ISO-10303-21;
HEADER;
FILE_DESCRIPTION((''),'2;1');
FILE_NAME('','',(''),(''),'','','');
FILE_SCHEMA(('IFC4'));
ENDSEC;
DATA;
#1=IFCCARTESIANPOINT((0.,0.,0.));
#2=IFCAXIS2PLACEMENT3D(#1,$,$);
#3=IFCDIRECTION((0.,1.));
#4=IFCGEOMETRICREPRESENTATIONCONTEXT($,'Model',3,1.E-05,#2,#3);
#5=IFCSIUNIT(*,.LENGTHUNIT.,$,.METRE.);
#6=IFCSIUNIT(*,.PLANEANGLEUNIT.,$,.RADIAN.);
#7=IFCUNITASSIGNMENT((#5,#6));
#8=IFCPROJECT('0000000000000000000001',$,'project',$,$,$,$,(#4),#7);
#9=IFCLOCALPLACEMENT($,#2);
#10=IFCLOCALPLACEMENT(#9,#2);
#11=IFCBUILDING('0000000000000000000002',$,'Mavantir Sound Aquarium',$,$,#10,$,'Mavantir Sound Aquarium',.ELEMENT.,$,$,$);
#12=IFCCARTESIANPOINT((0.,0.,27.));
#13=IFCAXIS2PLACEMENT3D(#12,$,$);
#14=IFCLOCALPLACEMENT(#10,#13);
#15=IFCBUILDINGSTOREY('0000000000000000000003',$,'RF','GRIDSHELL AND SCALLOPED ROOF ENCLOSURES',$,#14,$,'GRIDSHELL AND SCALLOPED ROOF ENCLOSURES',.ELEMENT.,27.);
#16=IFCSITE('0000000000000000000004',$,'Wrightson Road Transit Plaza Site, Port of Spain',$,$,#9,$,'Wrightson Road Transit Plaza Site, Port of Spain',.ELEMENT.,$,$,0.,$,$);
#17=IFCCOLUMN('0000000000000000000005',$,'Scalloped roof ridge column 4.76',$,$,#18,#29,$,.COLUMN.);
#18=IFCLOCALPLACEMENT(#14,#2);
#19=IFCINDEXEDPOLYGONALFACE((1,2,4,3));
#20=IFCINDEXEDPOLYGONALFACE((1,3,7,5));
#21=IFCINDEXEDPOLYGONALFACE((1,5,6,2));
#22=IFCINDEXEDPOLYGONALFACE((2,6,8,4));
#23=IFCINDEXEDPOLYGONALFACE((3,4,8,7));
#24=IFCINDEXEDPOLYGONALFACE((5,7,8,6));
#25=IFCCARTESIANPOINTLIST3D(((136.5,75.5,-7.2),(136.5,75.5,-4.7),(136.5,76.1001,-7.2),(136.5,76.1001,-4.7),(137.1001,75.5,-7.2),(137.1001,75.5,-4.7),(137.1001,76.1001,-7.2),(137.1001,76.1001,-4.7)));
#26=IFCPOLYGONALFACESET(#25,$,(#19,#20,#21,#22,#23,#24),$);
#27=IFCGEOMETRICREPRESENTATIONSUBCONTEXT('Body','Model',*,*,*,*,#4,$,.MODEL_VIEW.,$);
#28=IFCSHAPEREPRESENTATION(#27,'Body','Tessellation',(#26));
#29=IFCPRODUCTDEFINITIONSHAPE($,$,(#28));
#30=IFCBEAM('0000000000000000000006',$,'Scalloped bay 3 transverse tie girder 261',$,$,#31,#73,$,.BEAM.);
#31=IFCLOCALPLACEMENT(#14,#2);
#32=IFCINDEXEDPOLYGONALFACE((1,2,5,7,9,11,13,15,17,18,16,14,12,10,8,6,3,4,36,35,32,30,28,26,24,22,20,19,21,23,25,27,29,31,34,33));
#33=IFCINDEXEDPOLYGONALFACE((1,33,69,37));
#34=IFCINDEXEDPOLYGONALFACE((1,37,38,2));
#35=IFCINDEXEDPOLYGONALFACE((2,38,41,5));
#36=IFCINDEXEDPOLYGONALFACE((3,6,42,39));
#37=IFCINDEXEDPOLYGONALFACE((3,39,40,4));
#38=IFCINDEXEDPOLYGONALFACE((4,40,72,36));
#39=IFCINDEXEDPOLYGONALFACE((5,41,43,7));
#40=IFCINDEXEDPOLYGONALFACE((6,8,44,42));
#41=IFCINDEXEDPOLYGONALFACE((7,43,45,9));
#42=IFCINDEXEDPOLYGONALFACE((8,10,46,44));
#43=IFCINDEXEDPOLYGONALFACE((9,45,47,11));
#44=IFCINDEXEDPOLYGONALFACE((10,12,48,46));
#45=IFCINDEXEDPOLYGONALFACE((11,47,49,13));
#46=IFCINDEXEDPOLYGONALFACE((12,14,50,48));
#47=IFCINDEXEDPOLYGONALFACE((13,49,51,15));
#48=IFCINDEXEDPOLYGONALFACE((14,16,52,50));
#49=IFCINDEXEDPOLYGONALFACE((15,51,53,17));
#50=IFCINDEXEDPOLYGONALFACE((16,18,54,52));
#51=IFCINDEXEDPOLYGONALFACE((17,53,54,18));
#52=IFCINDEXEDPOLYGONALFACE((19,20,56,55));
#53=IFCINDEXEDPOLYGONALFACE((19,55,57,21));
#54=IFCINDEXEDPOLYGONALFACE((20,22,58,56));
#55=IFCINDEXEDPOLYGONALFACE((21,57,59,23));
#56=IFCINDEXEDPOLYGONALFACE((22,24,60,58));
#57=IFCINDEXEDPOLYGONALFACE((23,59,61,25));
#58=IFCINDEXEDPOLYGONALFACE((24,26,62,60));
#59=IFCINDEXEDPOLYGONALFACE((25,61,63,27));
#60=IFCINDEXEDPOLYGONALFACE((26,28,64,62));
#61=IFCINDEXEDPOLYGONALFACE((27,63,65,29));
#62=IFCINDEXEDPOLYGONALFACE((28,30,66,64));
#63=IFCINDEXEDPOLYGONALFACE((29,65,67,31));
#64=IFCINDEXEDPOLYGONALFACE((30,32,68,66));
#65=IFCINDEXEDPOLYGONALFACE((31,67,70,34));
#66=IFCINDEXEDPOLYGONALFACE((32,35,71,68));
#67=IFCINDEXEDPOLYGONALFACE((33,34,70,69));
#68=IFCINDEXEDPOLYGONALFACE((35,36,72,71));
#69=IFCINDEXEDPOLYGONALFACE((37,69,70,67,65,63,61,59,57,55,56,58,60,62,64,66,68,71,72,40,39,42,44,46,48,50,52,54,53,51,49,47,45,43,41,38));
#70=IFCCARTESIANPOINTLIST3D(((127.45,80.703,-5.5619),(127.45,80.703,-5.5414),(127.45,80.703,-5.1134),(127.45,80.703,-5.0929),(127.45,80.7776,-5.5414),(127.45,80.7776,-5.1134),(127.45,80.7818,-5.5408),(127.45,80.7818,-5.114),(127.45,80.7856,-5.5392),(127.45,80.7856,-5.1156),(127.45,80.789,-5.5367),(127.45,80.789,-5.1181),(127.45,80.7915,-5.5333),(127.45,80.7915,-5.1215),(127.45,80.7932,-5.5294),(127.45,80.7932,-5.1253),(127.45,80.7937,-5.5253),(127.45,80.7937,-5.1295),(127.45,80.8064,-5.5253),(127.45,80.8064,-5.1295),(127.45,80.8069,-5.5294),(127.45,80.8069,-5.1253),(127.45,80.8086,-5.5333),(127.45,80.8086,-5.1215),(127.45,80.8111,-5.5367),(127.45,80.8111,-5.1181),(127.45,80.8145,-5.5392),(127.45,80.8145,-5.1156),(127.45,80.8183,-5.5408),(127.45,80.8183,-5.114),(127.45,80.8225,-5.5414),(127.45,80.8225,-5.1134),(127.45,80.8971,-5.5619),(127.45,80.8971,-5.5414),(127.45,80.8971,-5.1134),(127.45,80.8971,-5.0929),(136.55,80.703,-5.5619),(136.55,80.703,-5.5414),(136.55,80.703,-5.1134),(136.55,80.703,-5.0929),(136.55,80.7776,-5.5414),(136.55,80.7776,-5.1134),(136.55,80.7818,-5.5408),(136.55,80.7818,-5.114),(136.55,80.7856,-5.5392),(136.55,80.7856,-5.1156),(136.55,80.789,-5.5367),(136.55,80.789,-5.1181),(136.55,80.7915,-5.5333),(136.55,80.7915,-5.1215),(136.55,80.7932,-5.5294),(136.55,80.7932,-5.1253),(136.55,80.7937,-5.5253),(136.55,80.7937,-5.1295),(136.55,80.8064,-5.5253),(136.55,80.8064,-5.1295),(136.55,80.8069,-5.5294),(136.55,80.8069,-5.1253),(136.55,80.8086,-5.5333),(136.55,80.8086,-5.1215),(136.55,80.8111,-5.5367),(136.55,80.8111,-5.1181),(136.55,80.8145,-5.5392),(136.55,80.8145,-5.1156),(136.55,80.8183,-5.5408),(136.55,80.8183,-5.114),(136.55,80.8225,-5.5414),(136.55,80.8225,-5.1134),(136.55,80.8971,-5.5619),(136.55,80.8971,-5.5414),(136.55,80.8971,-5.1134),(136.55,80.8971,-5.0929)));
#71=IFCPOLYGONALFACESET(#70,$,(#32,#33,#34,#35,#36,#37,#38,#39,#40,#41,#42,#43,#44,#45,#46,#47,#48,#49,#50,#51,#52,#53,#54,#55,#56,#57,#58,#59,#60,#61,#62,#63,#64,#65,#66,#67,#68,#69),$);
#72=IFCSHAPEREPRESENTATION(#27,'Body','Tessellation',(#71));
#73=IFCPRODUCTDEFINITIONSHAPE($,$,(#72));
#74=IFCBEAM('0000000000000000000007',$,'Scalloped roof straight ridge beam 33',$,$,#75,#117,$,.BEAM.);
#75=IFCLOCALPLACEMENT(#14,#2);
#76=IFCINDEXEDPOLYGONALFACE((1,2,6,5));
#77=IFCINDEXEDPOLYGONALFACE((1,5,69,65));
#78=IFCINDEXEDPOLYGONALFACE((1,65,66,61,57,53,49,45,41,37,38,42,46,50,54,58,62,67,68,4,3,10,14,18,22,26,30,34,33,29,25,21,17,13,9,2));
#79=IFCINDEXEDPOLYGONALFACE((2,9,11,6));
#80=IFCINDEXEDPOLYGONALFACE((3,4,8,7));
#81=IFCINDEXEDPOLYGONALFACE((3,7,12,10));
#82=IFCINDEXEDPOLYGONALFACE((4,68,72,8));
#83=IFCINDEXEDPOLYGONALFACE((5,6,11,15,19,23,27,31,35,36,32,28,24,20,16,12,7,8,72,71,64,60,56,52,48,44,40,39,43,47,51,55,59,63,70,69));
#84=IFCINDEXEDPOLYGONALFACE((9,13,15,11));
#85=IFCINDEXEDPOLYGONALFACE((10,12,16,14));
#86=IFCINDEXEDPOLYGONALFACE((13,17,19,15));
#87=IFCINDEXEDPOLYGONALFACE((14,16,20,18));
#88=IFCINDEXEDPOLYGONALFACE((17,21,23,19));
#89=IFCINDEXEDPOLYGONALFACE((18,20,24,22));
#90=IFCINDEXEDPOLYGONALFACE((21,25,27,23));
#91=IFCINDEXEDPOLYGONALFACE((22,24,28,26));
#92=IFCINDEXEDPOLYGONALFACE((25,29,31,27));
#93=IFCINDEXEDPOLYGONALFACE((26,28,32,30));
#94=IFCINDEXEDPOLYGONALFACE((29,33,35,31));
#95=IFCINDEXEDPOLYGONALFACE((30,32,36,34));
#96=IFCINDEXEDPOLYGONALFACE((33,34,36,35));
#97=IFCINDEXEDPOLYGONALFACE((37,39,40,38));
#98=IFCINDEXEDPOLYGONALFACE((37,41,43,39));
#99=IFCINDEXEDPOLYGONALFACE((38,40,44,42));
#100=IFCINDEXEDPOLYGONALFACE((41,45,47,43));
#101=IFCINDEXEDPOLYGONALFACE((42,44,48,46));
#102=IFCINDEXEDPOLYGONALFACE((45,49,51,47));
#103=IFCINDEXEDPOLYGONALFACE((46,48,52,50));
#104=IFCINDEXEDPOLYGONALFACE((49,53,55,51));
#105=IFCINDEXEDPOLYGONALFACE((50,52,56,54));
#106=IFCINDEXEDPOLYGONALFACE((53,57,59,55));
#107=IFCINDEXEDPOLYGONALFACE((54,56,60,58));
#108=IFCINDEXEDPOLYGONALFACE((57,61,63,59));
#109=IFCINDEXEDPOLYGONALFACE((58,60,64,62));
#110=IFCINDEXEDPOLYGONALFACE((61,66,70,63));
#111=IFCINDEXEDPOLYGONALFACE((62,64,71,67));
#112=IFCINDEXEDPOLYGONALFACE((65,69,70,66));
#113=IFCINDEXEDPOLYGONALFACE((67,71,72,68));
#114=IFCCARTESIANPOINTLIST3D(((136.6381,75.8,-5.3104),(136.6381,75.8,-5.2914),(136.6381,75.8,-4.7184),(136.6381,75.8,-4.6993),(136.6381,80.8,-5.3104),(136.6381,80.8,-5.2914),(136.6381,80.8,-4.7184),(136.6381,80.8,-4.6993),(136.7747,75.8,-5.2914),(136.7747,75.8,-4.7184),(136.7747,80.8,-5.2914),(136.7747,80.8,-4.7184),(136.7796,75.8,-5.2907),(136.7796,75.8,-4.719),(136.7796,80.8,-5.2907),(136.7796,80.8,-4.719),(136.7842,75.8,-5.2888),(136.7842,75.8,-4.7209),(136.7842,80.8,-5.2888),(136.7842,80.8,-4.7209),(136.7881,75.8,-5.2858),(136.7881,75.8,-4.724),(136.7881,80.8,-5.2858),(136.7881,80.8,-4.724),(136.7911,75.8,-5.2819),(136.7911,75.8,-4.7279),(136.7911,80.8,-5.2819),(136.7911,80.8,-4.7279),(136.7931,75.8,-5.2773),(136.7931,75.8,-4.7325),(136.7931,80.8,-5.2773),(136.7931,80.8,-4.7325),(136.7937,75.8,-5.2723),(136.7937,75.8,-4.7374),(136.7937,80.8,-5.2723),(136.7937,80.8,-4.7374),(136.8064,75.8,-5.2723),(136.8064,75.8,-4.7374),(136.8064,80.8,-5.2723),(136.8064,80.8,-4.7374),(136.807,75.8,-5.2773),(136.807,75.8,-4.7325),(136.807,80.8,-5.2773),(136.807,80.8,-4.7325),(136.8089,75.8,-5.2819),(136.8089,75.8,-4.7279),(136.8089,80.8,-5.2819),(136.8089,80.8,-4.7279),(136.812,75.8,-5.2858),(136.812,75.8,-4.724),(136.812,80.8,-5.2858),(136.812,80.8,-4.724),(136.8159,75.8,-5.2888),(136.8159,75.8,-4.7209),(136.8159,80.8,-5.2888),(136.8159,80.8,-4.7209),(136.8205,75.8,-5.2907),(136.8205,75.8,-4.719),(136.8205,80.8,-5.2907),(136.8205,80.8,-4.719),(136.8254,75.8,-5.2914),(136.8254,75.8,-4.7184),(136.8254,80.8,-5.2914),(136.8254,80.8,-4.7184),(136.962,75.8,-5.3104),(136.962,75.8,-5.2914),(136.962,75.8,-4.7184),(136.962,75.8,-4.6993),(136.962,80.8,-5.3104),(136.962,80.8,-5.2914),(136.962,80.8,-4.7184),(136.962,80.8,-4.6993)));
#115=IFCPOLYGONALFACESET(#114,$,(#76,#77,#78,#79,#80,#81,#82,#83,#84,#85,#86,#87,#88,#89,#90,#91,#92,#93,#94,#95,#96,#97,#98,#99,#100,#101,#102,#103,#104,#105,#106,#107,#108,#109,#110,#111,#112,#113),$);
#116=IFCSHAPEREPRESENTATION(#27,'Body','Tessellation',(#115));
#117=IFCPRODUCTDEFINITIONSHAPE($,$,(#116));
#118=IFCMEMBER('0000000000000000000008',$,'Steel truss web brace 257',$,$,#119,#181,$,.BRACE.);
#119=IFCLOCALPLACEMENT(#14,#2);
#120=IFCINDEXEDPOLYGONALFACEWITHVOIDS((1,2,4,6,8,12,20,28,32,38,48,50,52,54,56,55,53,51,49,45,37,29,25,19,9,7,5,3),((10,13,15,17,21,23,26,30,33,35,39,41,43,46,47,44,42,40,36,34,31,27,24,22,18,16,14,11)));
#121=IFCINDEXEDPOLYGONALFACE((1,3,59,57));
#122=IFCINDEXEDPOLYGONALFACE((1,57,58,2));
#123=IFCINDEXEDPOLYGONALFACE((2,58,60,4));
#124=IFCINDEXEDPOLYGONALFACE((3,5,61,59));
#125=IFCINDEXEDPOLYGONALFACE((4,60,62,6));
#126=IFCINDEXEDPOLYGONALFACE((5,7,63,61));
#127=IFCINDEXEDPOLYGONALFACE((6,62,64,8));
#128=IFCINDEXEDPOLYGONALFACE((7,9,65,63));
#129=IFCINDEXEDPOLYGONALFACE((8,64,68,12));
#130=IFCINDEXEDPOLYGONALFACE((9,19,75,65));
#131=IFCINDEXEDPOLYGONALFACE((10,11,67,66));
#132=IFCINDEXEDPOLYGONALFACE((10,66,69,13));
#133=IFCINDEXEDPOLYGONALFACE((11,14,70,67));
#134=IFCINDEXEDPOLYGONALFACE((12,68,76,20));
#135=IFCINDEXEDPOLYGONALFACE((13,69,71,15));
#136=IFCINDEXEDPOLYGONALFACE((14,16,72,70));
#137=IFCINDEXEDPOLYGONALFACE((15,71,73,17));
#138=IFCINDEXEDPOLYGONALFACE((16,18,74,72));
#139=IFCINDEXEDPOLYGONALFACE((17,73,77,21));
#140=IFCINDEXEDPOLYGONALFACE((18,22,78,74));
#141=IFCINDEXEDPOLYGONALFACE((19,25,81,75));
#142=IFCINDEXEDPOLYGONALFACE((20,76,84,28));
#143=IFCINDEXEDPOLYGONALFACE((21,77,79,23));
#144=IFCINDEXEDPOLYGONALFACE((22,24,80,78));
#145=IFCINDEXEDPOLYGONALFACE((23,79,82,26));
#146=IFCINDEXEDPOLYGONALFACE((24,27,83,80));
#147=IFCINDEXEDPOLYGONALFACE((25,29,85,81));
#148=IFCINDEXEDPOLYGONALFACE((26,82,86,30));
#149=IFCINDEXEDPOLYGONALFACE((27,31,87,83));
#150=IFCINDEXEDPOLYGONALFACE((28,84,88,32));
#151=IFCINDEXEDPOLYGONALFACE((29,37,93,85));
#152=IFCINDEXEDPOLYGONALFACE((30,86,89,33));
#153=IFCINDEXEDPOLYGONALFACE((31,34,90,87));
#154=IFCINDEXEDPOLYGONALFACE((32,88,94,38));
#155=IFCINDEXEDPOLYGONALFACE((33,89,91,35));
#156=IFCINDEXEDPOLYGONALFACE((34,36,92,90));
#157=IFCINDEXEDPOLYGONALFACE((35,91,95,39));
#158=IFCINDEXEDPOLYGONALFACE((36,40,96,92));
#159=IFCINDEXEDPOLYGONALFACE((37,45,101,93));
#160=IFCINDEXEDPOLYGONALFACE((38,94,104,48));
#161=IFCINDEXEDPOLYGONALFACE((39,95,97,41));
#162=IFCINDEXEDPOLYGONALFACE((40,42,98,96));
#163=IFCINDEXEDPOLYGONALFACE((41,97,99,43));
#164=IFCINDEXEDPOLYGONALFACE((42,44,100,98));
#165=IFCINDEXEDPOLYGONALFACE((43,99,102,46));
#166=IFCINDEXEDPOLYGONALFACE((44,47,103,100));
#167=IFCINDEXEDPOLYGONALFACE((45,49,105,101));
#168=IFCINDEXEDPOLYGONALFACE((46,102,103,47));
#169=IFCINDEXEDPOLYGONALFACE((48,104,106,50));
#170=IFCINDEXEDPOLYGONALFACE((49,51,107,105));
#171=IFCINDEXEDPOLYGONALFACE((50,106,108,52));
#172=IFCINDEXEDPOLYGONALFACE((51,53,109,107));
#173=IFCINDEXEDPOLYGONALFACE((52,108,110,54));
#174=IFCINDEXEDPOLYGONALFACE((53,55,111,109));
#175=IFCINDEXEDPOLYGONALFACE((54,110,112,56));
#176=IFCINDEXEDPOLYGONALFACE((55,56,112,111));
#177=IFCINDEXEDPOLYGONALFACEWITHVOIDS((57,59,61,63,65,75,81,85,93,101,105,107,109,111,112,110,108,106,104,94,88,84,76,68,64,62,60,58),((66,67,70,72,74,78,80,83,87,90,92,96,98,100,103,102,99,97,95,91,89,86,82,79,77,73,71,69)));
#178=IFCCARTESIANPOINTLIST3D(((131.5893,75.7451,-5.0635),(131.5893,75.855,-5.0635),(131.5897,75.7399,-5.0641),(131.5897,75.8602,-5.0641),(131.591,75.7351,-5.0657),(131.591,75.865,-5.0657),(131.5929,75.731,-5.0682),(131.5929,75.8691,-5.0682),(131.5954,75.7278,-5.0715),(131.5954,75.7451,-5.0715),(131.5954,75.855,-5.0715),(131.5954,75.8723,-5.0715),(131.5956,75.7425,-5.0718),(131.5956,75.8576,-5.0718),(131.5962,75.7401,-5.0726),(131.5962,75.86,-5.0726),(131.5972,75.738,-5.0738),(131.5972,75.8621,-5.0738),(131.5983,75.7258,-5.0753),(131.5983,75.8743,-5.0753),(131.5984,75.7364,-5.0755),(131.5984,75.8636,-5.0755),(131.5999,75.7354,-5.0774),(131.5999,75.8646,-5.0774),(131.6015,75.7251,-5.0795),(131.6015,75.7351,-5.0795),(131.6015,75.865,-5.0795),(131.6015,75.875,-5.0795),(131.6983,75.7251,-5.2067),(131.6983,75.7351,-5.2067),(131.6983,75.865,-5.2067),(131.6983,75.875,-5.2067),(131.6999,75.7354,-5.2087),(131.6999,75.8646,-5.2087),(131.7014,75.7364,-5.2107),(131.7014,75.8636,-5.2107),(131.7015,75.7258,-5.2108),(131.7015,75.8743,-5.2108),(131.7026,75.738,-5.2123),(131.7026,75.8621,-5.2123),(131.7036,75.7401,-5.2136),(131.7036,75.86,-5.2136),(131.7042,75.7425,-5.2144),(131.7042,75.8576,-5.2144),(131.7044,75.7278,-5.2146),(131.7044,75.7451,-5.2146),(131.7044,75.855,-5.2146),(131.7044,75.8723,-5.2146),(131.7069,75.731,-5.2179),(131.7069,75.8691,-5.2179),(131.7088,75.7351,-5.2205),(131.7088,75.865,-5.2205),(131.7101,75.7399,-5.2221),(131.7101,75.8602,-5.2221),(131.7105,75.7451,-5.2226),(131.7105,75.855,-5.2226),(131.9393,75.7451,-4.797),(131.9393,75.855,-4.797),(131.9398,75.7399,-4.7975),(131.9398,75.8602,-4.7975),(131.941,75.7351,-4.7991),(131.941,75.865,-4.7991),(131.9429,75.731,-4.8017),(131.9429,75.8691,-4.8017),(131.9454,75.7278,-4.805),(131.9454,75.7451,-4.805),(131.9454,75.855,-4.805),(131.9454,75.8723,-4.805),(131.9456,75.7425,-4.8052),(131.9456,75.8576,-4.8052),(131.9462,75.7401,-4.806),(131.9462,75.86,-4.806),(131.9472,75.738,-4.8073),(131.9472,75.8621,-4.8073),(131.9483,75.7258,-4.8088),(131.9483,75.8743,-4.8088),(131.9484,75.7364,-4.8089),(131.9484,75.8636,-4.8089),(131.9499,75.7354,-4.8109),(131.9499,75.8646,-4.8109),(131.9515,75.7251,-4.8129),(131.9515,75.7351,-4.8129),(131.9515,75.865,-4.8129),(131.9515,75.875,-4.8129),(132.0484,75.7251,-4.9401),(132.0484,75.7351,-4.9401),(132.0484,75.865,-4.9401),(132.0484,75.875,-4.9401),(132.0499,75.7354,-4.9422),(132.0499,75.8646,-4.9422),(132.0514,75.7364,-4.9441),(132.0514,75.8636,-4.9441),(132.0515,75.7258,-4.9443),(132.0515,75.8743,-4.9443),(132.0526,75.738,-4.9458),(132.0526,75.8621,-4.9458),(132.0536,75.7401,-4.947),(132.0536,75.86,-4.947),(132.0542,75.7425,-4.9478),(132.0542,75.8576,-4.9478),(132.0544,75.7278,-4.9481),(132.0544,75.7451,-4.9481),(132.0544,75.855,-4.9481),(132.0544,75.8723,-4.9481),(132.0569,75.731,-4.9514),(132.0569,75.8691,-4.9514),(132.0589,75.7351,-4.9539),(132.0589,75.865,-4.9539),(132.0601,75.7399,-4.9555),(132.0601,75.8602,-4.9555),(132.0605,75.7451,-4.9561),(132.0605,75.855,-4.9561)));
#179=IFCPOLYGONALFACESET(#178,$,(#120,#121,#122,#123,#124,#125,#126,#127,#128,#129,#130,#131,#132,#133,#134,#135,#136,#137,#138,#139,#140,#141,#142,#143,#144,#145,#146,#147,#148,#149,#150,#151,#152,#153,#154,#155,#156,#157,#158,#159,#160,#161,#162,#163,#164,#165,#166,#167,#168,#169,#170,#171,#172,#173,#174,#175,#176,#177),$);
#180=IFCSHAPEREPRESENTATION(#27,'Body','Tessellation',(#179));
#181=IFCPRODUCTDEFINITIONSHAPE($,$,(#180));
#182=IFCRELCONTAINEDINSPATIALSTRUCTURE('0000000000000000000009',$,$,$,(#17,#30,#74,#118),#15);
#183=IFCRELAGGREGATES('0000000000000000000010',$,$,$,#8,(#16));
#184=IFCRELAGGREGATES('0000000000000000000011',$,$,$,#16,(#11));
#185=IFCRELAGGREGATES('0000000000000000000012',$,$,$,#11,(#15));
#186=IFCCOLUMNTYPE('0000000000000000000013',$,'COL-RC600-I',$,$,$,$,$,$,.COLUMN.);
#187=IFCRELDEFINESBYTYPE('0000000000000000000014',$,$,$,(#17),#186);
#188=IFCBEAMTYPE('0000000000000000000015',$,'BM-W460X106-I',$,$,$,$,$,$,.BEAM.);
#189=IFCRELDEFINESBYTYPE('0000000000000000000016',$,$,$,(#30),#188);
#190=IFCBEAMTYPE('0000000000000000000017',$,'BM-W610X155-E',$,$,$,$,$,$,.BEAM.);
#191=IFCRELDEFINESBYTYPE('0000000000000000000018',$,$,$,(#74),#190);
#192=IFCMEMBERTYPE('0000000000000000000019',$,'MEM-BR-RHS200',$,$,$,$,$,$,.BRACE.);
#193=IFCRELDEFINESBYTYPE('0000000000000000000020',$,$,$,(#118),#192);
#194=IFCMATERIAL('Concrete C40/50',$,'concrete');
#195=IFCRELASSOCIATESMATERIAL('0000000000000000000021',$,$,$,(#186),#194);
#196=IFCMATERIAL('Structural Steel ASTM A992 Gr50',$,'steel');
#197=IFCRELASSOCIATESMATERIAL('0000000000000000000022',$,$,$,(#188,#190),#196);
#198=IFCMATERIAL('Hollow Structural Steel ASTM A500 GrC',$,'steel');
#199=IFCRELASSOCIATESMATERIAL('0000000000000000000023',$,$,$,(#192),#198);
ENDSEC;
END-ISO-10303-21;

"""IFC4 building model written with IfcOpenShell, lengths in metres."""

from ifc_helpers import new_model, si_unit, direction, frame, origin, origin_2d, place, context, subcontext, project, spatial, rectangle, hollow_rectangle, i_section, extrude, material, material_profile, profile_set, type_object, element, save


model = new_model("IFC4")

# Units and contexts
model_context = context("Model", 3, precision=1e-05, world=origin(), true_north=direction((0.0, 1.0)))
body_context = subcontext(model_context, "Body", "Model", "MODEL_VIEW")
ifc_project = project(units=[si_unit("LENGTHUNIT", "METRE"), si_unit("PLANEANGLEUNIT", "RADIAN")], contexts=[model_context])

# Site, building, storey
site_placement = place(None, origin())
site = spatial("IfcSite", under=ifc_project, at=site_placement, Name="Wrightson Road Transit Plaza Site, Port of Spain", LongName="Wrightson Road Transit Plaza Site, Port of Spain", CompositionType="ELEMENT", RefElevation=0.0)
building_placement = place(site_placement, origin())
building = spatial("IfcBuilding", under=site, at=building_placement, Name="Mavantir Sound Aquarium", LongName="Mavantir Sound Aquarium", CompositionType="ELEMENT")
storey_placement = place(building_placement, frame((0.0, 0.0, 27.0)))
storey = spatial("IfcBuildingStorey", under=building, at=storey_placement, Name="RF", Description="GRIDSHELL AND SCALLOPED ROOF ENCLOSURES", LongName="GRIDSHELL AND SCALLOPED ROOF ENCLOSURES", CompositionType="ELEMENT", Elevation=27.0)

# Column
ifc_material_1 = material(Name="Concrete C40/50", Category="concrete")
ifc_material_profile_1 = material_profile(ifc_material_1, rectangle(XDim=0.6001, YDim=0.6001, at=origin_2d()), Name="RC 600X600")
ifc_profile_set_1 = profile_set([ifc_material_profile_1], Name="Concrete C40/50")
column_type = type_object("IfcColumnType", Name="COL-RC600-I", PredefinedType="COLUMN", material=ifc_profile_set_1)
column_placement = place(storey_placement, frame((136.8, 75.8, -7.2), z_axis=(0.0, 0.0, 1.0), x_axis=(1.0, 0.0, 0.0)))
element("IfcColumn", 1, at=column_placement, inside=storey, type_object=column_type, Name="Scalloped roof ridge column 4.76", PredefinedType="COLUMN", context=body_context, shape_type="SweptSolid", body=[
    extrude(rectangle(XDim=0.6001, YDim=0.6001, at=origin_2d()), origin(), (0.0, 0.0, 1.0), 2.5),
])

# Beams
ifc_material_2 = material(Name="Structural Steel ASTM A992 Gr50", Category="steel")
ifc_material_profile_2 = material_profile(ifc_material_2, i_section(OverallWidth=0.1941, OverallDepth=0.469, WebThickness=0.0127, FlangeThickness=0.0205, FilletRadius=0.0161, at=origin_2d()), Name="W460X106")
ifc_profile_set_2 = profile_set([ifc_material_profile_2], Name="Structural Steel ASTM A992 Gr50")
beam_type_1 = type_object("IfcBeamType", Name="BM-W460X106-I", PredefinedType="BEAM", material=ifc_profile_set_2)
beam_1_placement = place(storey_placement, frame((127.45, 80.8, -5.3274), z_axis=(1.0, 0.0, 0.0), x_axis=(0.0, 1.0, 0.0)))
element("IfcBeam", 2, at=beam_1_placement, inside=storey, type_object=beam_type_1, Name="Scalloped bay 3 transverse tie girder 261", PredefinedType="BEAM", context=body_context, shape_type="SweptSolid", body=[
    extrude(i_section(OverallWidth=0.1941, OverallDepth=0.469, WebThickness=0.0127, FlangeThickness=0.0205, FilletRadius=0.0161, at=origin_2d()), origin(), (0.0, 0.0, 1.0), 9.1001),
])
ifc_material_profile_3 = material_profile(ifc_material_2, i_section(OverallWidth=0.324, OverallDepth=0.6111, WebThickness=0.0127, FlangeThickness=0.019, FilletRadius=0.019, at=origin_2d()), Name="W610X155")
ifc_profile_set_3 = profile_set([ifc_material_profile_3], Name="Structural Steel ASTM A992 Gr50")
beam_type_2 = type_object("IfcBeamType", Name="BM-W610X155-E", PredefinedType="BEAM", material=ifc_profile_set_3)
beam_2_placement = place(storey_placement, frame((136.8, 75.8, -5.0049), z_axis=(0.0, 1.0, 0.0), x_axis=(-1.0, 0.0, 0.0)))
element("IfcBeam", 3, at=beam_2_placement, inside=storey, type_object=beam_type_2, Name="Scalloped roof straight ridge beam 33", PredefinedType="BEAM", context=body_context, shape_type="SweptSolid", body=[
    extrude(i_section(OverallWidth=0.324, OverallDepth=0.6111, WebThickness=0.0127, FlangeThickness=0.019, FilletRadius=0.019, at=origin_2d()), origin(), (0.0, 0.0, 1.0), 5.0),
])

# Member
ifc_material_3 = material(Name="Hollow Structural Steel ASTM A500 GrC", Category="steel")
ifc_material_profile_4 = material_profile(ifc_material_3, hollow_rectangle(XDim=0.1499, YDim=0.2, WallThickness=0.01, InnerFilletRadius=0.01, OuterFilletRadius=0.02, at=origin_2d()), Name="RHS 200X150X10")
ifc_profile_set_4 = profile_set([ifc_material_profile_4], Name="Hollow Structural Steel ASTM A500 GrC")
member_type_1 = type_object("IfcMemberType", Name="MEM-BR-RHS200", PredefinedType="BRACE", material=ifc_profile_set_4)
for number, where, z_axis, x_axis, name in (
    (4, (131.6499, 75.8, -5.1431), (0.795585, 0.0, 0.605843), (0.0, 1.0, 0.0), "Steel truss web brace 257"),
):
    element("IfcMember", number, at=place(storey_placement, frame(where, z_axis=z_axis, x_axis=x_axis)), inside=storey, type_object=member_type_1, Name=name, PredefinedType="BRACE", context=body_context, shape_type="SweptSolid", body=[
        extrude(hollow_rectangle(XDim=0.1499, YDim=0.2, WallThickness=0.01, InnerFilletRadius=0.01, OuterFilletRadius=0.02, at=origin_2d()), origin(), (0.0, 0.0, 1.0), 0.4399),
    ])

save(model, "model.ifc")
